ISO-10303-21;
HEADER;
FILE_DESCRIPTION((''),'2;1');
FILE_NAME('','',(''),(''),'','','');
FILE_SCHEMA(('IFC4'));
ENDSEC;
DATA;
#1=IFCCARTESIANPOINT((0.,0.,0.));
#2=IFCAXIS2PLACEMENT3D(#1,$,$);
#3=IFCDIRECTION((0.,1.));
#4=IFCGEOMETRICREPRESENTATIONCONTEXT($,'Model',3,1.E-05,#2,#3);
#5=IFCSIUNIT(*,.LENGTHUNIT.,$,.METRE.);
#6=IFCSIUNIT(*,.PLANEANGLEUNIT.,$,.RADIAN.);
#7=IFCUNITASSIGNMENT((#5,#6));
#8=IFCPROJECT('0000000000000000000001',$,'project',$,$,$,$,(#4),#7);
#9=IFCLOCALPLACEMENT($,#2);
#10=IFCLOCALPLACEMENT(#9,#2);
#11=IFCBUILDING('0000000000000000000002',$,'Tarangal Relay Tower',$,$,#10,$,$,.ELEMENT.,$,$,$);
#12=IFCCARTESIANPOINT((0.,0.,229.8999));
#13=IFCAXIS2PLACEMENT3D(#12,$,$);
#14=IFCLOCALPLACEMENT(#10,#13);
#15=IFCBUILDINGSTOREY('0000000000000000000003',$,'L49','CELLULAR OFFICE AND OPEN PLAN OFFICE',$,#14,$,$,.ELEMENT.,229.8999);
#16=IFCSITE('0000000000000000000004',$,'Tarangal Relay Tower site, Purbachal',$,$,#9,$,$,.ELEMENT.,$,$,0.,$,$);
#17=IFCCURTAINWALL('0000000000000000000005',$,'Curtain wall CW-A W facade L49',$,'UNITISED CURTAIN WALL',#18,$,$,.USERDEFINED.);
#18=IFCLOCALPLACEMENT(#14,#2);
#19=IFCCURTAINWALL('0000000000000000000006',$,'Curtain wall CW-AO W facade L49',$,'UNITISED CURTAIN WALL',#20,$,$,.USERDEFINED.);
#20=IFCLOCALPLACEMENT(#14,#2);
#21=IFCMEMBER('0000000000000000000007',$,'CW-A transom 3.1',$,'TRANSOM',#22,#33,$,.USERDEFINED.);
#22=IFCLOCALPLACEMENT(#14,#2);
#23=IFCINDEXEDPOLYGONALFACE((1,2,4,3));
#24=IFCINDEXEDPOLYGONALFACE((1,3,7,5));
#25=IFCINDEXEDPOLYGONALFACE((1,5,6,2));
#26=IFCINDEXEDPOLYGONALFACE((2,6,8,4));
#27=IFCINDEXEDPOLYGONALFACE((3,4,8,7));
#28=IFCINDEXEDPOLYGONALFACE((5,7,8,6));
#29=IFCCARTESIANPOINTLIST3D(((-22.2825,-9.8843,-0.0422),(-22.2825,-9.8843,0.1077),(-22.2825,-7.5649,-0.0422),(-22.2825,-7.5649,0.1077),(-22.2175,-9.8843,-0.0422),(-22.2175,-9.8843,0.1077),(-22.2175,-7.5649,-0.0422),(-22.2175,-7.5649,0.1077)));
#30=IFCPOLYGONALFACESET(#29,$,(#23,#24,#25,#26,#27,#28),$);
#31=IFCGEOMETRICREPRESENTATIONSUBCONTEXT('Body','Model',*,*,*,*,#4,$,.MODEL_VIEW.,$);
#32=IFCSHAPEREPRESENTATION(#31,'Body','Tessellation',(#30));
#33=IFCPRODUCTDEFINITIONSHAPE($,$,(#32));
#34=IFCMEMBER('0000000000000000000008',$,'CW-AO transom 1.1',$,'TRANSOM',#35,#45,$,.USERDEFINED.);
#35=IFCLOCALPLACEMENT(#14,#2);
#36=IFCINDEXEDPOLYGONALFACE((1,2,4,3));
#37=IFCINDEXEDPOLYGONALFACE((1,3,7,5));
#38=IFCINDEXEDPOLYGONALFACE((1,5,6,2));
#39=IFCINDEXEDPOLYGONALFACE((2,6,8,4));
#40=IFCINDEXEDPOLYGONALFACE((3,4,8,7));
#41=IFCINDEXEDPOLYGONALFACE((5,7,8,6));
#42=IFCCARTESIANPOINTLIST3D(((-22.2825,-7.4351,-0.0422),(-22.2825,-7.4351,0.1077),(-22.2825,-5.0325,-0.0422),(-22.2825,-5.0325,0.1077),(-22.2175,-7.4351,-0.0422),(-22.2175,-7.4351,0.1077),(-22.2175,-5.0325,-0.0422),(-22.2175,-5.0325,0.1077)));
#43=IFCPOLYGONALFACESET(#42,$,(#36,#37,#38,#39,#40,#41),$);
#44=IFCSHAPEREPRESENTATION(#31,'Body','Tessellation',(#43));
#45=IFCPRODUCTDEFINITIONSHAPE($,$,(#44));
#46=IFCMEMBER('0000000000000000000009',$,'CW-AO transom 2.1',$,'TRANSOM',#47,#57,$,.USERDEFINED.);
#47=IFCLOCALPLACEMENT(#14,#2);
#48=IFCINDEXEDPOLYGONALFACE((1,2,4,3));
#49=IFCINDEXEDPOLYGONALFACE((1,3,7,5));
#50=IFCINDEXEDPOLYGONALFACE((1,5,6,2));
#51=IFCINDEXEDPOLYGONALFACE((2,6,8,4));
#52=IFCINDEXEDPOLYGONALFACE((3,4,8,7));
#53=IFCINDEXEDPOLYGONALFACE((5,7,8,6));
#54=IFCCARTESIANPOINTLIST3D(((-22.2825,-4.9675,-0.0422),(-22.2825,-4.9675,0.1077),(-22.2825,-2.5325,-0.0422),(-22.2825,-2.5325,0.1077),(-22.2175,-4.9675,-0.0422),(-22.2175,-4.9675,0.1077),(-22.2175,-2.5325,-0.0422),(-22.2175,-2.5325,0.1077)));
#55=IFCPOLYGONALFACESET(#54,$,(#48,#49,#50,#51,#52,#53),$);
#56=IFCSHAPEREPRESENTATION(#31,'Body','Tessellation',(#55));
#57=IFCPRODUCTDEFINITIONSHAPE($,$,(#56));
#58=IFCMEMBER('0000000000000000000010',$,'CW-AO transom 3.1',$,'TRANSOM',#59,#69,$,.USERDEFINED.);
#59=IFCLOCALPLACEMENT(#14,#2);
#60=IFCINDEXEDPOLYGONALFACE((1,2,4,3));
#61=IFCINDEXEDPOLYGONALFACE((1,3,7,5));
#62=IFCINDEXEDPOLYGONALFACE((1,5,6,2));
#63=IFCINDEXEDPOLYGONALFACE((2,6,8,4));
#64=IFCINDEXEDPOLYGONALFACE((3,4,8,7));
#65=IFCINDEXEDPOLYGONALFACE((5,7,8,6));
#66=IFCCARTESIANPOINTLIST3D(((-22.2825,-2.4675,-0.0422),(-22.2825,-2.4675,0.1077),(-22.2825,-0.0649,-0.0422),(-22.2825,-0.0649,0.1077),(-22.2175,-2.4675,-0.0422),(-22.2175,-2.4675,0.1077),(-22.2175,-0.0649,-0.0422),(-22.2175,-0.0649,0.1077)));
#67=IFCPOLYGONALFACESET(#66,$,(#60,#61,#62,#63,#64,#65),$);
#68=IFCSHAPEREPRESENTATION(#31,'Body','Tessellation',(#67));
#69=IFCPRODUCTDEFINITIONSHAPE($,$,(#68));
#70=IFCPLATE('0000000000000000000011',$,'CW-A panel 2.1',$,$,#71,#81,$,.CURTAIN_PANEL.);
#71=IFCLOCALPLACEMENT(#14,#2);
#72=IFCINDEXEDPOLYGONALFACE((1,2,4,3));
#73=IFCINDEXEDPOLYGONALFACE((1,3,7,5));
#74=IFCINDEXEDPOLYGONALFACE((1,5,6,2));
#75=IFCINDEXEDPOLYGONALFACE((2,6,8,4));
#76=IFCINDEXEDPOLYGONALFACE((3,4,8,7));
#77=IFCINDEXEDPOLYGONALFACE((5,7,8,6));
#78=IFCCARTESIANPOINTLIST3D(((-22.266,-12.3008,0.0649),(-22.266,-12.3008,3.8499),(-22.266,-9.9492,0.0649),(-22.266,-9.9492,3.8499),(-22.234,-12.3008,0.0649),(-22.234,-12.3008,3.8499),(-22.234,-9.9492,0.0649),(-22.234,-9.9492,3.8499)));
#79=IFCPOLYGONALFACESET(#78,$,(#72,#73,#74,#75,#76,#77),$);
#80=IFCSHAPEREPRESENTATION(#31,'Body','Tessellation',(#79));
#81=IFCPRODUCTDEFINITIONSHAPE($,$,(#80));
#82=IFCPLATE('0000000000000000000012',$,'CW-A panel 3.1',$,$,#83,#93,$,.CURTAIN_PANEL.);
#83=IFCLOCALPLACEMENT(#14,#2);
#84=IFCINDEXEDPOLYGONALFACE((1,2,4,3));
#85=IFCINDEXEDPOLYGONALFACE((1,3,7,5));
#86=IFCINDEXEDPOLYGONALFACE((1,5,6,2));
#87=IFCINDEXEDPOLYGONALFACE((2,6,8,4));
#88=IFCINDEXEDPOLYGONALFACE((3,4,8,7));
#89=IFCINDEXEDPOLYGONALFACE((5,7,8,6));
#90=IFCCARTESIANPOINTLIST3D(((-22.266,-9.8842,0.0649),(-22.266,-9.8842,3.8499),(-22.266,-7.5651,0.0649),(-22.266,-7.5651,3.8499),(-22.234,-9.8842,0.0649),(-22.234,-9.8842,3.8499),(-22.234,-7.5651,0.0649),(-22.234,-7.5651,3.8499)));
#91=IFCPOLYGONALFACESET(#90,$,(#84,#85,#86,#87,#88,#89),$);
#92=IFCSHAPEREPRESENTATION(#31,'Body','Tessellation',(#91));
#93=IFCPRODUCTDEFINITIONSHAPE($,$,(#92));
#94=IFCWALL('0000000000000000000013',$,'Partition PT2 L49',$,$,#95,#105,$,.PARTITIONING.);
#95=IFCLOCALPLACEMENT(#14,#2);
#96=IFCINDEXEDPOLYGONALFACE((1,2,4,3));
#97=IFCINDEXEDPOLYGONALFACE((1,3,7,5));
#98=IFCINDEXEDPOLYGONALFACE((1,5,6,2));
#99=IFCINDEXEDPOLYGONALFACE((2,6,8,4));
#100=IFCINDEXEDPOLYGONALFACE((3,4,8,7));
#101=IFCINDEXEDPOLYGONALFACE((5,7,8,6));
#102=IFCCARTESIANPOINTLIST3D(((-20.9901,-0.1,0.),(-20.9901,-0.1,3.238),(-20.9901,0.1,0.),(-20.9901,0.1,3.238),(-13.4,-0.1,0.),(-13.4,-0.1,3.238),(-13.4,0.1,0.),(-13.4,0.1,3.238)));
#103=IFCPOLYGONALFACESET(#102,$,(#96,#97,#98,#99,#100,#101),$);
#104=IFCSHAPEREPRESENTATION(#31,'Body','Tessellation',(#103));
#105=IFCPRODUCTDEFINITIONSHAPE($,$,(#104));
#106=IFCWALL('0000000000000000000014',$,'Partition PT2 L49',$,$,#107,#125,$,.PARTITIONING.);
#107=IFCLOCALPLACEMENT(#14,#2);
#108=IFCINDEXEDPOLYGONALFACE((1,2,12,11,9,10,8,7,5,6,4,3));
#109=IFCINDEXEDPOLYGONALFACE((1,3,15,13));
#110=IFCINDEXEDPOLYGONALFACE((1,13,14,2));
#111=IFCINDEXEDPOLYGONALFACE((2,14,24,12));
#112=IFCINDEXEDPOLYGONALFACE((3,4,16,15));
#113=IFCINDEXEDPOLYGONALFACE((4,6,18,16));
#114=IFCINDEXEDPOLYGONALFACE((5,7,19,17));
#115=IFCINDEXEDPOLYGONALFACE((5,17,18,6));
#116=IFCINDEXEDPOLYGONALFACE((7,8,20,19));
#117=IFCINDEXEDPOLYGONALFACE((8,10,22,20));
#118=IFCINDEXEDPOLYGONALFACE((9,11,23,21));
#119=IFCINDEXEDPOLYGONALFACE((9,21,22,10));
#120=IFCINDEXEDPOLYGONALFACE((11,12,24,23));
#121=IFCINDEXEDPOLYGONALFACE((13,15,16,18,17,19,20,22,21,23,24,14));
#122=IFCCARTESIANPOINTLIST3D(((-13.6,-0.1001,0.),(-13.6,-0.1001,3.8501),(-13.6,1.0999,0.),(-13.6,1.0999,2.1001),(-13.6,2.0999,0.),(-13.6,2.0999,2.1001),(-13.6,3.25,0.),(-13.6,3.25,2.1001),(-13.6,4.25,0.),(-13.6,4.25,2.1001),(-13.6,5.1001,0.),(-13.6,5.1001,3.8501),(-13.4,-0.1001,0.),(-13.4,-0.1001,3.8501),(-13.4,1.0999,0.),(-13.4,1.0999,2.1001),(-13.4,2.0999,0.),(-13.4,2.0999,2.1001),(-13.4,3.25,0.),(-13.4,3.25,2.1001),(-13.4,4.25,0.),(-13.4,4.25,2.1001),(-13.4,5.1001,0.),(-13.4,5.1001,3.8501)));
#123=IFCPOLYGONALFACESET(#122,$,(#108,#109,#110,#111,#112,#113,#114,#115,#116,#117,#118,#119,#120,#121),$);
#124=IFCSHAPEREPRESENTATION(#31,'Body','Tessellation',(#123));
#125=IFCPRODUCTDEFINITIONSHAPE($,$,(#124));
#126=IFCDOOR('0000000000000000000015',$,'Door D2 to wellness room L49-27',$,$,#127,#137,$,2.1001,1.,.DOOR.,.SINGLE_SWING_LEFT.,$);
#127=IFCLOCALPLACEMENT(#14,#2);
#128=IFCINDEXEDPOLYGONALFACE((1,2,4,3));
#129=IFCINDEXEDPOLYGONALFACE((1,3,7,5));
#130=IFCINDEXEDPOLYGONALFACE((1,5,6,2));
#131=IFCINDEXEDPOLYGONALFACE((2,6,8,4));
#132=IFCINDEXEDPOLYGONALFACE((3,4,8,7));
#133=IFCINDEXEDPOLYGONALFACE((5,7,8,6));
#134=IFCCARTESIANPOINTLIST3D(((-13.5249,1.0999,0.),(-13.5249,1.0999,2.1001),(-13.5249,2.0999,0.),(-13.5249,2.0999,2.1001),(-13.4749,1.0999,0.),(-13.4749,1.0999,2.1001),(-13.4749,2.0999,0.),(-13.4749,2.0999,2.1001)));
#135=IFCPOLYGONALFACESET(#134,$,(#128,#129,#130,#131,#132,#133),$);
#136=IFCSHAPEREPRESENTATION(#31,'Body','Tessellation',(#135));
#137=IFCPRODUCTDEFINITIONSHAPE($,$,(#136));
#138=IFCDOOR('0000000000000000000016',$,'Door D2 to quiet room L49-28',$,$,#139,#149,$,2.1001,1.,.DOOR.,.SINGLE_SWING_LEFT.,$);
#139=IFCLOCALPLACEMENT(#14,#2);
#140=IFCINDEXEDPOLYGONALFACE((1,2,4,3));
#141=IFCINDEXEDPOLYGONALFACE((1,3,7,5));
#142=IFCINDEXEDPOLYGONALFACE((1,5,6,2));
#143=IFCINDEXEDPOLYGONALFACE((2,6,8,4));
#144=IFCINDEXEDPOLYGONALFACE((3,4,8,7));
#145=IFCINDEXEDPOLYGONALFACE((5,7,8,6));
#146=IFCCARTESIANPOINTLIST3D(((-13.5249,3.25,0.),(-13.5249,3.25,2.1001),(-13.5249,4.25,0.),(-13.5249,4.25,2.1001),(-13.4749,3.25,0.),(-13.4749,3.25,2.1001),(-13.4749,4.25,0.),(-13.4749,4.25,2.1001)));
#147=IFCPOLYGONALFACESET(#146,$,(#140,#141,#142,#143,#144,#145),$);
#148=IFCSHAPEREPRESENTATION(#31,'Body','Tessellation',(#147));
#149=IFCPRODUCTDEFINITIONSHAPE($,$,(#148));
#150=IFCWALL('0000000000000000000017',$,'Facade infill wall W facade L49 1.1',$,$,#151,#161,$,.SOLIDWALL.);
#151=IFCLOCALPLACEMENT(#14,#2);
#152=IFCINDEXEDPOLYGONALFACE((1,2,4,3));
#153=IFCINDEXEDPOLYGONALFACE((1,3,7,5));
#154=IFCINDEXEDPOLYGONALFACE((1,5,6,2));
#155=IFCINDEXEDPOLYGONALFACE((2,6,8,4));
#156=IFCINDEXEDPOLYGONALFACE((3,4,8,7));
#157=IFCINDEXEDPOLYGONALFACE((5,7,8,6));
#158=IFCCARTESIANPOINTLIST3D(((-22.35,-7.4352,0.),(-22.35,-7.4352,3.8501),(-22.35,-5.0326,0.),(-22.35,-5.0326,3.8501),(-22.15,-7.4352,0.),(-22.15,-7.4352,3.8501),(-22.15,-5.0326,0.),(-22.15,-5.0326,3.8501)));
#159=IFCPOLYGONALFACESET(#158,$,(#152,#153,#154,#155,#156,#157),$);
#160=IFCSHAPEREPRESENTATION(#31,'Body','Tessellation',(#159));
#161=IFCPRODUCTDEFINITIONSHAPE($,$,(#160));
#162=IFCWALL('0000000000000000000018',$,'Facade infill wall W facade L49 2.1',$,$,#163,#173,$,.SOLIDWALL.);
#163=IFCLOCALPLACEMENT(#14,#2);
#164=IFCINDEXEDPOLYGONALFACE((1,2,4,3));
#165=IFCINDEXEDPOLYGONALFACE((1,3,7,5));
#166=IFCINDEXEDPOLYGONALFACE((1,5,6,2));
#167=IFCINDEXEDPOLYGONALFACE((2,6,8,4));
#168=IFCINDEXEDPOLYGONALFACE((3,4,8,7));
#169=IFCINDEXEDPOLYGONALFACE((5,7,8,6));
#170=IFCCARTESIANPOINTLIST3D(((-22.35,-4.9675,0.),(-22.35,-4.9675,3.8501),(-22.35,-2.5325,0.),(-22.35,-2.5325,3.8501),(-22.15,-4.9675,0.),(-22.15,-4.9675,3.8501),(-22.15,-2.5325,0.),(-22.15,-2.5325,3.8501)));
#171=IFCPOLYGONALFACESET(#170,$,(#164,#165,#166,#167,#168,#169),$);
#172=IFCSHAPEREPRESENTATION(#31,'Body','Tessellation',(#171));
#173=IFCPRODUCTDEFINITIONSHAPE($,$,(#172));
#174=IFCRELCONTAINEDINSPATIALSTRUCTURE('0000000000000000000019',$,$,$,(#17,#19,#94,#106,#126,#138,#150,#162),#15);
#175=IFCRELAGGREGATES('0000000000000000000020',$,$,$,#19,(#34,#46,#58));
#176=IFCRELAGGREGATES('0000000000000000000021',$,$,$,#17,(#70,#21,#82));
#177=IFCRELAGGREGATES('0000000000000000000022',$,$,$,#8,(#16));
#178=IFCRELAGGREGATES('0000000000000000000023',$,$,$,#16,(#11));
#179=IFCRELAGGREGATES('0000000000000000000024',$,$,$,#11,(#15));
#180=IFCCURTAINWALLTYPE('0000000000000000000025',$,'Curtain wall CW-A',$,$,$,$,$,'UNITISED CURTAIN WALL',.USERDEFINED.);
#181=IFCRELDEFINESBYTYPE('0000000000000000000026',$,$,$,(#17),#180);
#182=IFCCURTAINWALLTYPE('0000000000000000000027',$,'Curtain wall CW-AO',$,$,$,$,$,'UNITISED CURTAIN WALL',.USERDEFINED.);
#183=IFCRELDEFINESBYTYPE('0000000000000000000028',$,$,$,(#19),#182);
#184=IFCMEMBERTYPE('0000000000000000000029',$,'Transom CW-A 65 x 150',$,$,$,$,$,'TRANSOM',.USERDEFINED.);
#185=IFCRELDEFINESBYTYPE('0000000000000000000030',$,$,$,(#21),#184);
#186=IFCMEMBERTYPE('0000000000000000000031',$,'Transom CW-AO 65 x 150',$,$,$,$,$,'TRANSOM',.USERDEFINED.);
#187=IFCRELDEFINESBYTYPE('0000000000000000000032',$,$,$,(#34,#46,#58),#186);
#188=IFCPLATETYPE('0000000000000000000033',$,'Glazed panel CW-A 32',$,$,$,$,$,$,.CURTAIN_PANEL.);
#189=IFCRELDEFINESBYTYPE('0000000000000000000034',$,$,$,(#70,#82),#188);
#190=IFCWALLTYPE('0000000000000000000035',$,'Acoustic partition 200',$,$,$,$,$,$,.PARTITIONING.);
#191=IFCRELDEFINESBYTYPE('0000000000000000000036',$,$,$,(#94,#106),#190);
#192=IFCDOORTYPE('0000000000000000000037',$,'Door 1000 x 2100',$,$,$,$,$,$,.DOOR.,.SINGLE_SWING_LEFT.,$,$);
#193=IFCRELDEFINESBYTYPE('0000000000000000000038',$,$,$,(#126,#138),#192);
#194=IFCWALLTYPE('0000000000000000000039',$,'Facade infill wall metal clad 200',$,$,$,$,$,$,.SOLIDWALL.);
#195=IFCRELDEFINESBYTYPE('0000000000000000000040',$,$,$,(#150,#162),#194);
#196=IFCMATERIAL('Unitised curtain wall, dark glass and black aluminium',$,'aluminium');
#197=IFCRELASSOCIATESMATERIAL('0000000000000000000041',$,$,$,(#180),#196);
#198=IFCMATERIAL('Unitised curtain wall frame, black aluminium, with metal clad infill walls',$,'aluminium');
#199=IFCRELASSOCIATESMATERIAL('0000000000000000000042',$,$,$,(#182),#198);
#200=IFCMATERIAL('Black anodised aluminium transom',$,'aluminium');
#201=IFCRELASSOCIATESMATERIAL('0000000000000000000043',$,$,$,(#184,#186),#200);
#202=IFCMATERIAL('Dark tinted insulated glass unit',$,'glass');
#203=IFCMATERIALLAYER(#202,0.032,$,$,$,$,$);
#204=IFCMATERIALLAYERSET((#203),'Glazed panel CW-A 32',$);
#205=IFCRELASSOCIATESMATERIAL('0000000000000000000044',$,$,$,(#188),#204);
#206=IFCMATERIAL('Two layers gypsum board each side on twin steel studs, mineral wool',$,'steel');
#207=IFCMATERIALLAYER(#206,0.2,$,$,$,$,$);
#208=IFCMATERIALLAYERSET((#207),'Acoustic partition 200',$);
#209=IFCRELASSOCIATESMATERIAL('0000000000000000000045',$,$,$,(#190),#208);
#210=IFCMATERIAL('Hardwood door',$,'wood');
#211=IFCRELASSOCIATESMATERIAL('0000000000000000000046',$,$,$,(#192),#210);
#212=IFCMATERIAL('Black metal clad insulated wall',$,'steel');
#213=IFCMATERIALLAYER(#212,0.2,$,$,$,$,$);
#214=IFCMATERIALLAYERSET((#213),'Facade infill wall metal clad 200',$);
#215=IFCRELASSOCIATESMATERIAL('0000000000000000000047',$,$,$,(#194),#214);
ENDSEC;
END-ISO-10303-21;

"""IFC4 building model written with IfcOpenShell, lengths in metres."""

from ifc_helpers import new_model, si_unit, direction, frame, frame_2d, origin, origin_2d, place, context, subcontext, project, spatial, rectangle, extrude, material, layer, layer_set, material_profile, profile_set, type_object, element, fill, aggregate, save


model = new_model("IFC4")

# Units and contexts
model_context = context("Model", 3, precision=1e-05, world=origin(), true_north=direction((0.0, 1.0)))
body_context = subcontext(model_context, "Body", "Model", "MODEL_VIEW")
ifc_project = project(units=[si_unit("LENGTHUNIT", "METRE"), si_unit("PLANEANGLEUNIT", "RADIAN")], contexts=[model_context])

# Site, building, storey
site_placement = place(None, origin())
site = spatial("IfcSite", under=ifc_project, at=site_placement, Name="Tarangal Relay Tower site, Purbachal", CompositionType="ELEMENT", RefElevation=0.0)
building_placement = place(site_placement, origin())
building = spatial("IfcBuilding", under=site, at=building_placement, Name="Tarangal Relay Tower", CompositionType="ELEMENT")
storey_placement = place(building_placement, frame((0.0, 0.0, 229.8999)))
storey = spatial("IfcBuildingStorey", under=building, at=storey_placement, Name="L49", Description="CELLULAR OFFICE AND OPEN PLAN OFFICE", CompositionType="ELEMENT", Elevation=229.8999)

# Curtain walls
ifc_material_1 = material(Name="Unitised curtain wall, dark glass and black aluminium", Category="aluminium")
curtain_wall_type_1 = type_object("IfcCurtainWallType", Name="Curtain wall CW-A", ElementType="UNITISED CURTAIN WALL", PredefinedType="USERDEFINED", material=ifc_material_1)
curtain_wall_1_placement = place(storey_placement, origin())
curtain_wall_1 = element("IfcCurtainWall", 1, at=curtain_wall_1_placement, inside=storey, type_object=curtain_wall_type_1, Name="Curtain wall CW-A W facade L49", ObjectType="UNITISED CURTAIN WALL", PredefinedType="USERDEFINED")
ifc_material_2 = material(Name="Unitised curtain wall frame, black aluminium, with metal clad infill walls", Category="aluminium")
curtain_wall_type_2 = type_object("IfcCurtainWallType", Name="Curtain wall CW-AO", ElementType="UNITISED CURTAIN WALL", PredefinedType="USERDEFINED", material=ifc_material_2)
curtain_wall_2_placement = place(storey_placement, origin())
curtain_wall_2 = element("IfcCurtainWall", 2, at=curtain_wall_2_placement, inside=storey, type_object=curtain_wall_type_2, Name="Curtain wall CW-AO W facade L49", ObjectType="UNITISED CURTAIN WALL", PredefinedType="USERDEFINED")

# Members
ifc_material_3 = material(Name="Black anodised aluminium transom", Category="aluminium")
ifc_material_profile_1 = material_profile(ifc_material_3, rectangle(XDim=0.0649, YDim=0.1499, at=origin_2d()), Name="CW-AT 65X150")
ifc_profile_set_1 = profile_set([ifc_material_profile_1], Name="Black anodised aluminium transom")
member_type_1 = type_object("IfcMemberType", Name="Transom CW-A 65 x 150", ElementType="TRANSOM", PredefinedType="USERDEFINED", material=ifc_profile_set_1)
member_1_placement = place(storey_placement, frame((-22.25, -9.8843, 0.0327), z_axis=(0.0, 1.0, 0.0), x_axis=(-1.0, 0.0, 0.0)))
member_1 = element("IfcMember", 3, at=member_1_placement, type_object=member_type_1, Name="CW-A transom 3.1", ObjectType="TRANSOM", PredefinedType="USERDEFINED", context=body_context, shape_type="SweptSolid", body=[
    extrude(rectangle(XDim=0.0649, YDim=0.1499, at=origin_2d()), origin(), (0.0, 0.0, 1.0), 2.3193),
])
ifc_material_profile_2 = material_profile(ifc_material_3, rectangle(XDim=0.0649, YDim=0.1499, at=origin_2d()), Name="CW-AOT 65X150")
ifc_profile_set_2 = profile_set([ifc_material_profile_2], Name="Black anodised aluminium transom")
member_type_2 = type_object("IfcMemberType", Name="Transom CW-AO 65 x 150", ElementType="TRANSOM", PredefinedType="USERDEFINED", material=ifc_profile_set_2)
member_2_placement = place(storey_placement, frame((-22.25, -7.4351, 0.0327), z_axis=(0.0, 1.0, 0.0), x_axis=(-1.0, 0.0, 0.0)))
member_2 = element("IfcMember", 4, at=member_2_placement, type_object=member_type_2, Name="CW-AO transom 1.1", ObjectType="TRANSOM", PredefinedType="USERDEFINED", context=body_context, shape_type="SweptSolid", body=[
    extrude(rectangle(XDim=0.0649, YDim=0.1499, at=origin_2d()), origin(), (0.0, 0.0, 1.0), 2.4026),
])
member_3_placement = place(storey_placement, frame((-22.25, -4.9675, 0.0327), z_axis=(0.0, 1.0, 0.0), x_axis=(-1.0, 0.0, 0.0)))
member_3 = element("IfcMember", 5, at=member_3_placement, type_object=member_type_2, Name="CW-AO transom 2.1", ObjectType="TRANSOM", PredefinedType="USERDEFINED", context=body_context, shape_type="SweptSolid", body=[
    extrude(rectangle(XDim=0.0649, YDim=0.1499, at=origin_2d()), origin(), (0.0, 0.0, 1.0), 2.4351),
])
member_4_placement = place(storey_placement, frame((-22.25, -2.4675, 0.0327), z_axis=(0.0, 1.0, 0.0), x_axis=(-1.0, 0.0, 0.0)))
member_4 = element("IfcMember", 6, at=member_4_placement, type_object=member_type_2, Name="CW-AO transom 3.1", ObjectType="TRANSOM", PredefinedType="USERDEFINED", context=body_context, shape_type="SweptSolid", body=[
    extrude(rectangle(XDim=0.0649, YDim=0.1499, at=origin_2d()), origin(), (0.0, 0.0, 1.0), 2.4026),
])
aggregate(curtain_wall_2, [member_2, member_3, member_4])

# Plates
ifc_material_4 = material(Name="Dark tinted insulated glass unit", Category="glass")
ifc_layer_1 = layer(ifc_material_4, 0.032)
ifc_layer_set_1 = layer_set([ifc_layer_1], Name="Glazed panel CW-A 32")
plate_type = type_object("IfcPlateType", Name="Glazed panel CW-A 32", PredefinedType="CURTAIN_PANEL", material=ifc_layer_set_1)
plate_1_placement = place(storey_placement, frame((-22.25, -11.125, 0.0649), z_axis=(0.0, 0.0, 1.0), x_axis=(0.0, 1.0, 0.0)))
plate_1 = element("IfcPlate", 7, at=plate_1_placement, type_object=plate_type, Name="CW-A panel 2.1", PredefinedType="CURTAIN_PANEL", context=body_context, shape_type="SweptSolid", body=[
    extrude(rectangle(XDim=2.3516, YDim=0.032, at=origin_2d()), origin(), (0.0, 0.0, 1.0), 3.7849),
])
plate_2_placement = place(storey_placement, frame((-22.25, -8.7246, 0.0649), z_axis=(0.0, 0.0, 1.0), x_axis=(0.0, 1.0, 0.0)))
plate_2 = element("IfcPlate", 8, at=plate_2_placement, type_object=plate_type, Name="CW-A panel 3.1", PredefinedType="CURTAIN_PANEL", context=body_context, shape_type="SweptSolid", body=[
    extrude(rectangle(XDim=2.3191, YDim=0.032, at=origin_2d()), origin(), (0.0, 0.0, 1.0), 3.7849),
])
aggregate(curtain_wall_1, [plate_1, member_1, plate_2])

# Wall
ifc_material_5 = material(Name="Two layers gypsum board each side on twin steel studs, mineral wool", Category="steel")
ifc_layer_2 = layer(ifc_material_5, 0.2)
ifc_layer_set_2 = layer_set([ifc_layer_2], Name="Acoustic partition 200")
wall_type_1 = type_object("IfcWallType", Name="Acoustic partition 200", PredefinedType="PARTITIONING", material=ifc_layer_set_2)
wall_1_placement = place(storey_placement, frame((-20.99, 0.0, 0.0), z_axis=(0.0, 0.0, 1.0), x_axis=(1.0, 0.0, 0.0)))
element("IfcWall", 9, at=wall_1_placement, inside=storey, type_object=wall_type_1, Name="Partition PT2 L49", PredefinedType="PARTITIONING", context=body_context, shape_type="SweptSolid", body=[
    extrude(rectangle(XDim=7.5901, YDim=0.2, at=frame_2d((3.7949, 0.0))), origin(), (0.0, 0.0, 1.0), 3.238),
])

# Wall, openings, doors
wall_2_placement = place(storey_placement, frame((-13.5, -0.1001, 0.0), z_axis=(0.0, 0.0, 1.0), x_axis=(0.0, 1.0, 0.0)))
wall_2 = element("IfcWall", 10, at=wall_2_placement, inside=storey, type_object=wall_type_1, Name="Partition PT2 L49", PredefinedType="PARTITIONING", context=body_context, shape_type="SweptSolid", body=[
    extrude(rectangle(XDim=5.2002, YDim=0.2, at=frame_2d((2.6001, 0.0))), origin(), (0.0, 0.0, 1.0), 3.8501),
])
opening_1_placement = place(wall_2_placement, frame((1.2, 0.0, 0.0)))
opening_1 = element("IfcOpeningElement", 11, at=opening_1_placement, cuts=wall_2, PredefinedType="OPENING", context=body_context, shape_type="SweptSolid", body=[
    extrude(rectangle(XDim=1.0, YDim=2.1001, at=frame_2d((0.5, 1.05))), frame((0.0, 0.1099, 0.0), z_axis=(0.0, -1.0, 0.0), x_axis=(1.0, 0.0, 0.0)), (0.0, 0.0, 1.0), 0.22),
])
opening_2_placement = place(wall_2_placement, frame((3.3501, 0.0, 0.0)))
opening_2 = element("IfcOpeningElement", 12, at=opening_2_placement, cuts=wall_2, PredefinedType="OPENING", context=body_context, shape_type="SweptSolid", body=[
    extrude(rectangle(XDim=1.0, YDim=2.1001, at=frame_2d((0.5, 1.05))), frame((0.0, 0.1099, 0.0), z_axis=(0.0, -1.0, 0.0), x_axis=(1.0, 0.0, 0.0)), (0.0, 0.0, 1.0), 0.22),
])
ifc_material_6 = material(Name="Hardwood door", Category="wood")
door_type = type_object("IfcDoorType", Name="Door 1000 x 2100", OperationType="SINGLE_SWING_LEFT", PredefinedType="DOOR", material=ifc_material_6)
door_1_placement = place(opening_1_placement, origin())
door_1 = element("IfcDoor", 13, at=door_1_placement, inside=storey, type_object=door_type, Name="Door D2 to wellness room L49-27", OperationType="SINGLE_SWING_LEFT", OverallHeight=2.1001, OverallWidth=1.0, PredefinedType="DOOR", context=body_context, shape_type="SweptSolid", body=[
    extrude(rectangle(XDim=1.0, YDim=2.1001, at=frame_2d((0.5, 1.05))), frame((0.0, 0.0249, 0.0), z_axis=(0.0, -1.0, 0.0), x_axis=(1.0, 0.0, 0.0)), (0.0, 0.0, 1.0), 0.05),
])
fill(opening_1, door_1)
door_2_placement = place(opening_2_placement, origin())
door_2 = element("IfcDoor", 14, at=door_2_placement, inside=storey, type_object=door_type, Name="Door D2 to quiet room L49-28", OperationType="SINGLE_SWING_LEFT", OverallHeight=2.1001, OverallWidth=1.0, PredefinedType="DOOR", context=body_context, shape_type="SweptSolid", body=[
    extrude(rectangle(XDim=1.0, YDim=2.1001, at=frame_2d((0.5, 1.05))), frame((0.0, 0.0249, 0.0), z_axis=(0.0, -1.0, 0.0), x_axis=(1.0, 0.0, 0.0)), (0.0, 0.0, 1.0), 0.05),
])
fill(opening_2, door_2)

# Walls
ifc_material_7 = material(Name="Black metal clad insulated wall", Category="steel")
ifc_layer_3 = layer(ifc_material_7, 0.2)
ifc_layer_set_3 = layer_set([ifc_layer_3], Name="Facade infill wall metal clad 200")
wall_type_2 = type_object("IfcWallType", Name="Facade infill wall metal clad 200", PredefinedType="SOLIDWALL", material=ifc_layer_set_3)
wall_3_placement = place(storey_placement, frame((-22.25, -7.4351, 0.0), z_axis=(0.0, 0.0, 1.0), x_axis=(0.0, 1.0, 0.0)))
element("IfcWall", 15, at=wall_3_placement, inside=storey, type_object=wall_type_2, Name="Facade infill wall W facade L49 1.1", PredefinedType="SOLIDWALL", context=body_context, shape_type="SweptSolid", body=[
    extrude(rectangle(XDim=2.4026, YDim=0.2, at=frame_2d((1.2012, 0.0))), origin(), (0.0, 0.0, 1.0), 3.8501),
])
wall_4_placement = place(storey_placement, frame((-22.25, -4.9675, 0.0), z_axis=(0.0, 0.0, 1.0), x_axis=(0.0, 1.0, 0.0)))
element("IfcWall", 16, at=wall_4_placement, inside=storey, type_object=wall_type_2, Name="Facade infill wall W facade L49 2.1", PredefinedType="SOLIDWALL", context=body_context, shape_type="SweptSolid", body=[
    extrude(rectangle(XDim=2.4351, YDim=0.2, at=frame_2d((1.2175, 0.0))), origin(), (0.0, 0.0, 1.0), 3.8501),
])

save(model, "model.ifc")
